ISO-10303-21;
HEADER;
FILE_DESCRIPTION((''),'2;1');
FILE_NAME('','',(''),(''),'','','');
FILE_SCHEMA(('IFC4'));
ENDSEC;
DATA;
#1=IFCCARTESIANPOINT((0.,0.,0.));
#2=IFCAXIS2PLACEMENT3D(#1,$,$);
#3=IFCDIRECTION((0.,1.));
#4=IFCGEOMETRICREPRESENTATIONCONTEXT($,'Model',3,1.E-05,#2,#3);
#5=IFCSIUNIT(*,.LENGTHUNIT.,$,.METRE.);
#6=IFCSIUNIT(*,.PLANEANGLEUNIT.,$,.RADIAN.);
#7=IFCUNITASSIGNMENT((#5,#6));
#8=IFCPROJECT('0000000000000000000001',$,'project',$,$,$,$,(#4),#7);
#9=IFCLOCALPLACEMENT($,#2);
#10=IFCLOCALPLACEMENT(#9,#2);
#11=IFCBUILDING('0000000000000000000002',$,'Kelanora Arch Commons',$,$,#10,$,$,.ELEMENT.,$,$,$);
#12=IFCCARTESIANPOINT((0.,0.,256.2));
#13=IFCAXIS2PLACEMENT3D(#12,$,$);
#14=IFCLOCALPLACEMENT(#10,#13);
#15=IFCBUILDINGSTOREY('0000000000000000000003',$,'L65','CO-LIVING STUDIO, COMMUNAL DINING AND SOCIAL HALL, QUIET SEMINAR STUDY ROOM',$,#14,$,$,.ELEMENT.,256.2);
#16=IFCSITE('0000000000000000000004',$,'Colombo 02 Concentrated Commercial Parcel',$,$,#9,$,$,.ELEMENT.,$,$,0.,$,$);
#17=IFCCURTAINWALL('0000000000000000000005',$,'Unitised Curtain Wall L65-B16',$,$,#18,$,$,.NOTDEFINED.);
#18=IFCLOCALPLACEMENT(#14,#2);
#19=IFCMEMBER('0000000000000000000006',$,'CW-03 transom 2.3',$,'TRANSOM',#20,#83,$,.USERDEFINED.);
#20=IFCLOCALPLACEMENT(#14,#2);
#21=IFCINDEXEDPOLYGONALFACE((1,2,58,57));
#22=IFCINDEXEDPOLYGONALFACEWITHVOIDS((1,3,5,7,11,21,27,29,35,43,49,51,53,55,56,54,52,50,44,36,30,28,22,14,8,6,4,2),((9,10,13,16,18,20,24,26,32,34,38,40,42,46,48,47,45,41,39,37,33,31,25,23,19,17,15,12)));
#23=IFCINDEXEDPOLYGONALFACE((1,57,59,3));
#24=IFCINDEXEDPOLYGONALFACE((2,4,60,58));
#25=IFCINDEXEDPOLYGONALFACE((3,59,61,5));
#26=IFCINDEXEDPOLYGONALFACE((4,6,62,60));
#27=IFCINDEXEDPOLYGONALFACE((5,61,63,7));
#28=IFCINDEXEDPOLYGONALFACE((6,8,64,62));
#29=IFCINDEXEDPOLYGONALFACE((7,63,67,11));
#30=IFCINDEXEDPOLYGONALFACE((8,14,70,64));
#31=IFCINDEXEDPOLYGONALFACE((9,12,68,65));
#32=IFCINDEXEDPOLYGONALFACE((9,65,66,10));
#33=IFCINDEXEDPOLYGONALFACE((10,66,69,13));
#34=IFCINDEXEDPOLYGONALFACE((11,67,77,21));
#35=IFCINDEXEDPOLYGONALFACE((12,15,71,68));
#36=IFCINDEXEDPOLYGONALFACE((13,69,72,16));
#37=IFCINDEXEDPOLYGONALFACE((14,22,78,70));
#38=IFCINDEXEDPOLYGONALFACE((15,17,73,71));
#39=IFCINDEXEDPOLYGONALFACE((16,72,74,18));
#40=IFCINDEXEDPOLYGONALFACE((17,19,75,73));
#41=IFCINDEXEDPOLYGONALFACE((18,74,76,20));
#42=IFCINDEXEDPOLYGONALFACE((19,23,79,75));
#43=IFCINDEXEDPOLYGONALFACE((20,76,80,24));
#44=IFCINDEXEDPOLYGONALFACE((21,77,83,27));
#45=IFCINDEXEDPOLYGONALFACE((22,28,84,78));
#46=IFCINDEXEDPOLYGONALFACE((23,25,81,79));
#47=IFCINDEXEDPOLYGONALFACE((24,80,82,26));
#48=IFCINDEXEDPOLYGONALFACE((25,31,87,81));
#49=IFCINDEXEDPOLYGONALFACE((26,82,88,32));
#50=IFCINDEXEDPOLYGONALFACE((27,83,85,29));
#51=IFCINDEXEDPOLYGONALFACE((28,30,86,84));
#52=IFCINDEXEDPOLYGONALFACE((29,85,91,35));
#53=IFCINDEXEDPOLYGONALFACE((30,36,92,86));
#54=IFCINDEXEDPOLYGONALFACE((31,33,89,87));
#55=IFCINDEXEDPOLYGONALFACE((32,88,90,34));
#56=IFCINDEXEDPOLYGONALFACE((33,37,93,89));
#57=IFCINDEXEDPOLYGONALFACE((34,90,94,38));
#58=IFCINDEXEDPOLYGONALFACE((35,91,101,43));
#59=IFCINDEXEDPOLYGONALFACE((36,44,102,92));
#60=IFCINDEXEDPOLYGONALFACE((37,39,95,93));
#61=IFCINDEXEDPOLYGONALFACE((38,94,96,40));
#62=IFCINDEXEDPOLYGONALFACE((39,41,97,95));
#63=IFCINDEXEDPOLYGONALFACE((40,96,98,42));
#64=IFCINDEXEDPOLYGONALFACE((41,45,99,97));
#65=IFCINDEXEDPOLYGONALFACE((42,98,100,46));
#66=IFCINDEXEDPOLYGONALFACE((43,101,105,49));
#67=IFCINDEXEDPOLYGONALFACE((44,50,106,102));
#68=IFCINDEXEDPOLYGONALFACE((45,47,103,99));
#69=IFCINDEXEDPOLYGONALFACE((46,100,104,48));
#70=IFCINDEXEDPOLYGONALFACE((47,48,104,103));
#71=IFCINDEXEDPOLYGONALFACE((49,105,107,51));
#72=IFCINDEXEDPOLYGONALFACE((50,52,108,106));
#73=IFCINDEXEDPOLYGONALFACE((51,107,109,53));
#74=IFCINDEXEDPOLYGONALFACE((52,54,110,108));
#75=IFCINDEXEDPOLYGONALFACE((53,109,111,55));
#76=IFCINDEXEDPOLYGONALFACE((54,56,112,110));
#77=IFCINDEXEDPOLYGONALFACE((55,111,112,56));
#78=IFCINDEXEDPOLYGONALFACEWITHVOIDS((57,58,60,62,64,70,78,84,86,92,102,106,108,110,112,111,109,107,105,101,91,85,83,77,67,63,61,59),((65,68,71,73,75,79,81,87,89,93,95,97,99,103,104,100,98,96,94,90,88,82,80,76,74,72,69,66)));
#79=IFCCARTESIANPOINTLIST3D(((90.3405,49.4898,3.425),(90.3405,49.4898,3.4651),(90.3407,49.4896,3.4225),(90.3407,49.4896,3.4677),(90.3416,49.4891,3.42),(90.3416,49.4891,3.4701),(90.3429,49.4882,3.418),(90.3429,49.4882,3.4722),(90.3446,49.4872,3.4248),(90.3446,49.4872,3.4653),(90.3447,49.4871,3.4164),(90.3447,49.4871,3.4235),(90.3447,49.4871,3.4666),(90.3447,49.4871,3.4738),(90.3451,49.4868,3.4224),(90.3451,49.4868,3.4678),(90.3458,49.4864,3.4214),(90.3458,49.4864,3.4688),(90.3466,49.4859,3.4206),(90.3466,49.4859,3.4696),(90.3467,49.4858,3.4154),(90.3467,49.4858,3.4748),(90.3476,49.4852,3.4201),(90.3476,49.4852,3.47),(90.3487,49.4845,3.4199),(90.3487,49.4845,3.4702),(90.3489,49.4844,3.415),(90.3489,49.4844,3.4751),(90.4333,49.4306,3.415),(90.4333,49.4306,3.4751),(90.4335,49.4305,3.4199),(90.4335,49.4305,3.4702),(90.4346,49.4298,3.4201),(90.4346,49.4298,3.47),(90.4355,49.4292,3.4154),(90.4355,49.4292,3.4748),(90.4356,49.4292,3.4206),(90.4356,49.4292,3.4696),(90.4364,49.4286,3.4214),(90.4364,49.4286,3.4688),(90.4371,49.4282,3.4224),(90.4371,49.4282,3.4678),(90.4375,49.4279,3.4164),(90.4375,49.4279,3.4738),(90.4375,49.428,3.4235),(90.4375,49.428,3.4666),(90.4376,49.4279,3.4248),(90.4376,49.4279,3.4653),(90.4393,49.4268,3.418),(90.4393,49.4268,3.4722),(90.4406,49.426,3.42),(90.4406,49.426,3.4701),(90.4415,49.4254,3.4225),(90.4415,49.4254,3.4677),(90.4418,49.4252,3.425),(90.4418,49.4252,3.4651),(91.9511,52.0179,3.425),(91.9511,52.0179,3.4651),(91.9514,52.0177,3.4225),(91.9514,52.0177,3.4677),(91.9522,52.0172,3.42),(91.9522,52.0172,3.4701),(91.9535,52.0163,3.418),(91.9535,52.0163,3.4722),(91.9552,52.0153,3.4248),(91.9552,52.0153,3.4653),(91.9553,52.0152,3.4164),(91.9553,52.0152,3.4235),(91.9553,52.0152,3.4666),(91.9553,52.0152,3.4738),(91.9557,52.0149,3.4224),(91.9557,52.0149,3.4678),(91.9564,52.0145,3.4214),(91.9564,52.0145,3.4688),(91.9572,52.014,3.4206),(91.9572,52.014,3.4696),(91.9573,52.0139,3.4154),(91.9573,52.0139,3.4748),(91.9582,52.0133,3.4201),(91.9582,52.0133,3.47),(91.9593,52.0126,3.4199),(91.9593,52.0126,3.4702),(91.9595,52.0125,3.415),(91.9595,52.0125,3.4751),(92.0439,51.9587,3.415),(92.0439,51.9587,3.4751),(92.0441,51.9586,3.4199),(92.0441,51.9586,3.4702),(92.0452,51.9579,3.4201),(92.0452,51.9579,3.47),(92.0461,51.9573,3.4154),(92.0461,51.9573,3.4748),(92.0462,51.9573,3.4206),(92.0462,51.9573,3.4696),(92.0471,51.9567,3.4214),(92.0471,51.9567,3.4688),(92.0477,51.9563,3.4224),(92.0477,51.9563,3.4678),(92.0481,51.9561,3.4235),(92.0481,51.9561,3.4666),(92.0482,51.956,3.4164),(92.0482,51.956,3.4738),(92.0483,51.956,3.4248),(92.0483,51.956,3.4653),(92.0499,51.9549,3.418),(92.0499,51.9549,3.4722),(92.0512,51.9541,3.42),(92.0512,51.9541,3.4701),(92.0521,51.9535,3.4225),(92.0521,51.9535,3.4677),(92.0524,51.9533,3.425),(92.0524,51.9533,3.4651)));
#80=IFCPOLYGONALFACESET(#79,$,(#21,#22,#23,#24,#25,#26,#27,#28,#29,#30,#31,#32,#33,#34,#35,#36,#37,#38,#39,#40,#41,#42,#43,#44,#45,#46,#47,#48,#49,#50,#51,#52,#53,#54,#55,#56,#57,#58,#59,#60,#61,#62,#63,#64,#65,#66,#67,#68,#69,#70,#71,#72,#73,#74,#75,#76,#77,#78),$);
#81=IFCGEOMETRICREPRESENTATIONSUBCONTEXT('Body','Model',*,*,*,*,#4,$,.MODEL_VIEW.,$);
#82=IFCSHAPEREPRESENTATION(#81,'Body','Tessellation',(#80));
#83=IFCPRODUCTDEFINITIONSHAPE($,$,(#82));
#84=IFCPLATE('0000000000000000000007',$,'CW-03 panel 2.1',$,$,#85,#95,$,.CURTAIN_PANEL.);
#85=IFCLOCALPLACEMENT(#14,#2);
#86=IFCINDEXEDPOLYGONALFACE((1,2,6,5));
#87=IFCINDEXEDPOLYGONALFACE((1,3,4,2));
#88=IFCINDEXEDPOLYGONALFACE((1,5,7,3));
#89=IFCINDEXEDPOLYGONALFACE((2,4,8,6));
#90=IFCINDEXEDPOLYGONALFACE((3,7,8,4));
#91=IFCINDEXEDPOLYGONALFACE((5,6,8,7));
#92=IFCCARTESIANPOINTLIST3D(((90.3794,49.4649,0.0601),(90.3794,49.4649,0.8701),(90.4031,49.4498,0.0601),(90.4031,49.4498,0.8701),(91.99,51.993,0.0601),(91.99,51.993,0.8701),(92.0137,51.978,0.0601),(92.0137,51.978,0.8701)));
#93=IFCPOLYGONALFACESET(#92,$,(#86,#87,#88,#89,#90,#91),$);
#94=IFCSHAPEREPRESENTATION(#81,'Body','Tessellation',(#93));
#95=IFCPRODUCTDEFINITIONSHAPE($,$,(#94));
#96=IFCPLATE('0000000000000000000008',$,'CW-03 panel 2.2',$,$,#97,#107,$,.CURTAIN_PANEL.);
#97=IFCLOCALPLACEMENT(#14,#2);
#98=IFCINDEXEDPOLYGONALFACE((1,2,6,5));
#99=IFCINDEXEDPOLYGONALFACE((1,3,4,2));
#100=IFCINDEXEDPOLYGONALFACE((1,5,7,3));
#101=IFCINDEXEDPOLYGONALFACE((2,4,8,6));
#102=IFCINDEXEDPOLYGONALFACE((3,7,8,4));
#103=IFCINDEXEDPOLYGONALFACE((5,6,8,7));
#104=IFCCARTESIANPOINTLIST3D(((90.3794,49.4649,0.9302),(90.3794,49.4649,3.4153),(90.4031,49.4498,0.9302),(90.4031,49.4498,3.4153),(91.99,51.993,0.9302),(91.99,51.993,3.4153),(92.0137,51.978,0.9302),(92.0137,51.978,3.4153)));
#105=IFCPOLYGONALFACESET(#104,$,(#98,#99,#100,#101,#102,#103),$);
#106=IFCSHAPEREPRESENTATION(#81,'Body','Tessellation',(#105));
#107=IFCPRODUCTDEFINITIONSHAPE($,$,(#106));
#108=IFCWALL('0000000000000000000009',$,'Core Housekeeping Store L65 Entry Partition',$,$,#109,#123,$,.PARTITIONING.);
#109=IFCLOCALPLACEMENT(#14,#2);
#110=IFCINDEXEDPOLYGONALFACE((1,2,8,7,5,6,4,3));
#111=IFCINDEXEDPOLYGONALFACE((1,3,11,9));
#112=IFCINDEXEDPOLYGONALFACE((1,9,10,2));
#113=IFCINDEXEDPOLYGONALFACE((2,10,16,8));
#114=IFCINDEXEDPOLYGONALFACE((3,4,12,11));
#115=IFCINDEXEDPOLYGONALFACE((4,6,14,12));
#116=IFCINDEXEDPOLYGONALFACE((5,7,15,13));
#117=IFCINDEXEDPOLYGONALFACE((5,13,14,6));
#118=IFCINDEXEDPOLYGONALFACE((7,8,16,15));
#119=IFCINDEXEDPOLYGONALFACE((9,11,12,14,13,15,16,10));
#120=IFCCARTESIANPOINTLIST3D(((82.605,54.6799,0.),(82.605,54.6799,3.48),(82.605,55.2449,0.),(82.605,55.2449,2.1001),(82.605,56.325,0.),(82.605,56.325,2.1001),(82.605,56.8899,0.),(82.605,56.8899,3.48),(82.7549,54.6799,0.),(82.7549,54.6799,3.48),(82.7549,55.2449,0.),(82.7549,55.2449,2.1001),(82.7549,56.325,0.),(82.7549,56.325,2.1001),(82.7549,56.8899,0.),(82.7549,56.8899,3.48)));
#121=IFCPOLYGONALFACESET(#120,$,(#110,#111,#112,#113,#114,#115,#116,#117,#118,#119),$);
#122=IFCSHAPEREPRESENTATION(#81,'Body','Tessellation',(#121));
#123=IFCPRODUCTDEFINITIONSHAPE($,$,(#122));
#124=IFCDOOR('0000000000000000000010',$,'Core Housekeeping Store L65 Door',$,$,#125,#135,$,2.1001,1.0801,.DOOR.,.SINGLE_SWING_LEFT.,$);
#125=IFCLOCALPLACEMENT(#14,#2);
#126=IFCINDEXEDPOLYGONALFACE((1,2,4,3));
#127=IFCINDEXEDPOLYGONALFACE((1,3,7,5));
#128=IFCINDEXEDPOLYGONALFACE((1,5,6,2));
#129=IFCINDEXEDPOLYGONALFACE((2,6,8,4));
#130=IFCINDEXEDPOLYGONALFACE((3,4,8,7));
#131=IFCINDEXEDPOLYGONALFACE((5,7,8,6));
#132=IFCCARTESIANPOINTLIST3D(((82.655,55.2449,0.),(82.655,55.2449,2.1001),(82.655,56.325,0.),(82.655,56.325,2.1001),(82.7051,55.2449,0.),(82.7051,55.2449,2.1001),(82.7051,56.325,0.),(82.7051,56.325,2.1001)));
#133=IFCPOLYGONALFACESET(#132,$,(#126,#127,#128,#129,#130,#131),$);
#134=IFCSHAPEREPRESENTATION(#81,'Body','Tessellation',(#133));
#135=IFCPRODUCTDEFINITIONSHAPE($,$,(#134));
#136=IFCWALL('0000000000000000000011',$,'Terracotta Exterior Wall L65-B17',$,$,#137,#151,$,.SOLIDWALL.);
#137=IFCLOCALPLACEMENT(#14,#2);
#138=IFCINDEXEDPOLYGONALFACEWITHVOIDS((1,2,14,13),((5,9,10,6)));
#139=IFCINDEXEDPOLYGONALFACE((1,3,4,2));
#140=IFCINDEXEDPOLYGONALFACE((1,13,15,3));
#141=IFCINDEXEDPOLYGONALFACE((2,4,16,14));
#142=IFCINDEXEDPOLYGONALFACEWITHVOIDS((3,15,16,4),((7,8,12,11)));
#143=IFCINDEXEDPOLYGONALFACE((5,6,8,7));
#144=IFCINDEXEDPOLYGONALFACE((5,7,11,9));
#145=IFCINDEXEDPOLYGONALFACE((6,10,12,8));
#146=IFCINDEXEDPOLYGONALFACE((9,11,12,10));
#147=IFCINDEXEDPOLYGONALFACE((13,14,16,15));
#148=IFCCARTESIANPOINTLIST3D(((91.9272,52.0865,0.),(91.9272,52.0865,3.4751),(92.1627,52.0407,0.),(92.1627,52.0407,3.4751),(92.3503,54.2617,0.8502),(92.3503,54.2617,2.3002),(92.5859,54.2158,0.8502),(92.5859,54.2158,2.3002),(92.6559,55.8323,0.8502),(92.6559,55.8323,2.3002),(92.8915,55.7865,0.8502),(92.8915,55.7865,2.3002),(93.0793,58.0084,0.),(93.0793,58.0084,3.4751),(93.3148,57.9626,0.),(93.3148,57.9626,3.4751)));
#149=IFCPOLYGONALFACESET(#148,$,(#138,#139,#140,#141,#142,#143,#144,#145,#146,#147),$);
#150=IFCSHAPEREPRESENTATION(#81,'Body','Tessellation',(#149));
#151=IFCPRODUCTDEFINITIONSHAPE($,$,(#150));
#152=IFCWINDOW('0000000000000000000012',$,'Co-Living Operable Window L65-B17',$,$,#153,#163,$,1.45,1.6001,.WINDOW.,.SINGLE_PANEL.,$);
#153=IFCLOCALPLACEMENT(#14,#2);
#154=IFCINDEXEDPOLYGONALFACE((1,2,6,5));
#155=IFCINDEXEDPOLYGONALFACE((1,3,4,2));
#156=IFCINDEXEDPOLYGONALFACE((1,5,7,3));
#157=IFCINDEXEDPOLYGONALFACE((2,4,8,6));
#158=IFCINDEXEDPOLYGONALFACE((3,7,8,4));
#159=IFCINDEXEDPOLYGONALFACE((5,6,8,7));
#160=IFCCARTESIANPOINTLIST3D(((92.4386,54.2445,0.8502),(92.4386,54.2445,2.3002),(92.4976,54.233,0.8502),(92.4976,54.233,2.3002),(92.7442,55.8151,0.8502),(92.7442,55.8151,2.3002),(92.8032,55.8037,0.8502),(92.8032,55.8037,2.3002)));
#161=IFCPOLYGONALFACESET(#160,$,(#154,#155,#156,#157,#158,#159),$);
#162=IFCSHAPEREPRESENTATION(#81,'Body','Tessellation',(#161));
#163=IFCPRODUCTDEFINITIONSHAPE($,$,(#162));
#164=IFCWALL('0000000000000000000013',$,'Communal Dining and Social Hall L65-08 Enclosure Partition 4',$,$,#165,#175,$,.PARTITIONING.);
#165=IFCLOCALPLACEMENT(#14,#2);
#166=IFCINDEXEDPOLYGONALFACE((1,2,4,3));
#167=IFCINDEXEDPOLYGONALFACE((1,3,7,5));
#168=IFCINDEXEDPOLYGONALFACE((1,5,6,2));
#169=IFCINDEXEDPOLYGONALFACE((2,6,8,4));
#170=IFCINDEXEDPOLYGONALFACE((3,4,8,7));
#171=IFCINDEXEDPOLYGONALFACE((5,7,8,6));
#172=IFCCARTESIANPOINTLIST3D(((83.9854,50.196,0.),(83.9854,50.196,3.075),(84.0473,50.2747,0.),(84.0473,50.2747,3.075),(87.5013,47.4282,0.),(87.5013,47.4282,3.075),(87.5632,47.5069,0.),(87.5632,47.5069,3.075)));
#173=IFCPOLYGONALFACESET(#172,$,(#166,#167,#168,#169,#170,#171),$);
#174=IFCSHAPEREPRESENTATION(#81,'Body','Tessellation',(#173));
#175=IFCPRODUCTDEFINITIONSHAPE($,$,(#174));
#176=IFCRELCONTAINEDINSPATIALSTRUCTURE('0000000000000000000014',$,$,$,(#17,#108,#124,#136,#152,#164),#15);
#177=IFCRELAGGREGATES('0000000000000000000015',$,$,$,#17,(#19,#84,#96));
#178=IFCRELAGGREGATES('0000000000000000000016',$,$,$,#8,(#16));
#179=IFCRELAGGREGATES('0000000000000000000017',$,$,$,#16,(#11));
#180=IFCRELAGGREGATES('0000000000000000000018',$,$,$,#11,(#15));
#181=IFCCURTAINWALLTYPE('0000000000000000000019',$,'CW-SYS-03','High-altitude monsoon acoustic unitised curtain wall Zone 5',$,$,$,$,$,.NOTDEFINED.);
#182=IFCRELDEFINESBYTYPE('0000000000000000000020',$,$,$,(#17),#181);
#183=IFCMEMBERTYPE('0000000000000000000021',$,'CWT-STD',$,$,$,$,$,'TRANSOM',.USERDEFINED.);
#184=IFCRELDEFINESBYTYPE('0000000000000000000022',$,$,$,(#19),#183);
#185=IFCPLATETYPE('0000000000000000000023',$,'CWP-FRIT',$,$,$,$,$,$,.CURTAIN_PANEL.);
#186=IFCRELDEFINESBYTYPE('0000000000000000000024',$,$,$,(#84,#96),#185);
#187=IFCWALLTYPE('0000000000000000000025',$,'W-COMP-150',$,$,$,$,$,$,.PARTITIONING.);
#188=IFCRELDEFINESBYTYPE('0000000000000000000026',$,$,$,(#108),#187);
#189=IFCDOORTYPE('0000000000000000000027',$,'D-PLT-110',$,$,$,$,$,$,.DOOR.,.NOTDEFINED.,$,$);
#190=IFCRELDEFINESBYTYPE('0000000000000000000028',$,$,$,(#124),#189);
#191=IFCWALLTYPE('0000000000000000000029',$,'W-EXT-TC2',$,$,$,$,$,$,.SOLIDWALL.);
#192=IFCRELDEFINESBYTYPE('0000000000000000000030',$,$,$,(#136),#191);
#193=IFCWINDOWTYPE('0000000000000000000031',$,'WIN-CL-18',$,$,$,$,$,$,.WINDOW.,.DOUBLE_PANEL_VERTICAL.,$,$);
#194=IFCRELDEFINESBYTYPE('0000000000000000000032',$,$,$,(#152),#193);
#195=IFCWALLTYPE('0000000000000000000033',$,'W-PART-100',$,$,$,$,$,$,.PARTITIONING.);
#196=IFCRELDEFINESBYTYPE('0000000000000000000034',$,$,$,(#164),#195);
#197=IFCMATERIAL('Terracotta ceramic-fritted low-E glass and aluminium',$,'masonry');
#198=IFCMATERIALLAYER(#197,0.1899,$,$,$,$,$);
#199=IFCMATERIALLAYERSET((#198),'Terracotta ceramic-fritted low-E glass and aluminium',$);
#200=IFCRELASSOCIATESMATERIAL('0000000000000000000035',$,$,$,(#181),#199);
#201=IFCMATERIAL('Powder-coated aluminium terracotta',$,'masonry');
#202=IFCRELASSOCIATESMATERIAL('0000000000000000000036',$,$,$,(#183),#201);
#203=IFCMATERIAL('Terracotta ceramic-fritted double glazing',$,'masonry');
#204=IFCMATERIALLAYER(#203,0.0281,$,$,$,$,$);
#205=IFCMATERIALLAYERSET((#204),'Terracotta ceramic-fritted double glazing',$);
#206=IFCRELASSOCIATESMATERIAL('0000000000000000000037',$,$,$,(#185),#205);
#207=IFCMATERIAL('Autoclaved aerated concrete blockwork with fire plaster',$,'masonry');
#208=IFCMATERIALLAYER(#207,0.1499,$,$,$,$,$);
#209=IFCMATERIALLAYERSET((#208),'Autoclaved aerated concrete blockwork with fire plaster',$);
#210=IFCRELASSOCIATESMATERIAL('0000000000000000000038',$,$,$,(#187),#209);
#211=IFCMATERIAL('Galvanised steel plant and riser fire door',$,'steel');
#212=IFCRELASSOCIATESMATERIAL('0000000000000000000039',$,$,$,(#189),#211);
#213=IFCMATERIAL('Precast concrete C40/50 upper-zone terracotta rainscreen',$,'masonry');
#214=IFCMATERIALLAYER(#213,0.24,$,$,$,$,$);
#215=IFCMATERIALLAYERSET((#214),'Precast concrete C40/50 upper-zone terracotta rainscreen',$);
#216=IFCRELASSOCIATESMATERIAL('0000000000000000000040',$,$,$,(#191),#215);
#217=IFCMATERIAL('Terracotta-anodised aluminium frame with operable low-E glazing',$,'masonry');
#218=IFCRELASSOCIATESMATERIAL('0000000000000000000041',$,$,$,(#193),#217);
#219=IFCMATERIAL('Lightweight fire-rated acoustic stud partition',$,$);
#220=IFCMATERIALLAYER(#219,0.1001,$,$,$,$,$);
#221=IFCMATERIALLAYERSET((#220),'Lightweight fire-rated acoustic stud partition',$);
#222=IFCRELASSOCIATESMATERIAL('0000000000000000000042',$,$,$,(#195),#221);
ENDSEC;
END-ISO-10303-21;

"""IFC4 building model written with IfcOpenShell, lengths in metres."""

from ifc_helpers import new_model, si_unit, direction, frame, frame_2d, origin, origin_2d, place, context, subcontext, project, spatial, rectangle, hollow_rectangle, extrude, source, transform, mapped, material, layer, layer_set, material_profile, profile_set, type_object, element, fill, aggregate, save


model = new_model("IFC4")

# Units and contexts
model_context = context("Model", 3, precision=1e-05, world=origin(), true_north=direction((0.0, 1.0)))
body_context = subcontext(model_context, "Body", "Model", "MODEL_VIEW")
ifc_project = project(units=[si_unit("LENGTHUNIT", "METRE"), si_unit("PLANEANGLEUNIT", "RADIAN")], contexts=[model_context])

# Site, building, storey
site_placement = place(None, origin())
site = spatial("IfcSite", under=ifc_project, at=site_placement, Name="Colombo 02 Concentrated Commercial Parcel", CompositionType="ELEMENT", RefElevation=0.0)
building_placement = place(site_placement, origin())
building = spatial("IfcBuilding", under=site, at=building_placement, Name="Kelanora Arch Commons", CompositionType="ELEMENT")
storey_placement = place(building_placement, frame((0.0, 0.0, 256.2)))
storey = spatial("IfcBuildingStorey", under=building, at=storey_placement, Name="L65", Description="CO-LIVING STUDIO, COMMUNAL DINING AND SOCIAL HALL, QUIET SEMINAR STUDY ROOM", CompositionType="ELEMENT", Elevation=256.2)

# Curtain wall, member, plates
ifc_material_1 = material(Name="Terracotta ceramic-fritted low-E glass and aluminium", Category="masonry")
ifc_layer_1 = layer(ifc_material_1, 0.1899)
ifc_layer_set_1 = layer_set([ifc_layer_1], Name="Terracotta ceramic-fritted low-E glass and aluminium")
curtain_wall_type = type_object("IfcCurtainWallType", Name="CW-SYS-03", Description="High-altitude monsoon acoustic unitised curtain wall Zone 5", PredefinedType="NOTDEFINED", material=ifc_layer_set_1)
curtain_wall_placement = place(storey_placement, origin())
curtain_wall = element("IfcCurtainWall", 1, at=curtain_wall_placement, inside=storey, type_object=curtain_wall_type, Name="Unitised Curtain Wall L65-B16", PredefinedType="NOTDEFINED")
ifc_material_2 = material(Name="Powder-coated aluminium terracotta", Category="masonry")
ifc_material_profile_1 = material_profile(ifc_material_2, hollow_rectangle(XDim=0.1201, YDim=0.0601, WallThickness=0.0049, InnerFilletRadius=0.0049, OuterFilletRadius=0.01, at=origin_2d()), Name="CWT120x60")
ifc_profile_set_1 = profile_set([ifc_material_profile_1], Name="Powder-coated aluminium terracotta")
member_type_1 = type_object("IfcMemberType", Name="CWT-STD", ElementType="TRANSOM", PredefinedType="USERDEFINED", material=ifc_profile_set_1)
member_1_placement = place(storey_placement, frame((90.3911, 49.4575, 3.4451), z_axis=(0.537308, 0.843386, 0.0), x_axis=(-0.843386, 0.537308, 0.0)))
member_1 = element("IfcMember", 2, at=member_1_placement, type_object=member_type_1, Name="CW-03 transom 2.3", ObjectType="TRANSOM", PredefinedType="USERDEFINED", context=body_context, shape_type="SweptSolid", body=[
    extrude(hollow_rectangle(XDim=0.1201, YDim=0.0601, WallThickness=0.0049, InnerFilletRadius=0.0049, OuterFilletRadius=0.01, at=origin_2d()), origin(), (0.0, 0.0, 1.0), 2.9976),
])
ifc_material_3 = material(Name="Terracotta ceramic-fritted double glazing", Category="masonry")
ifc_layer_2 = layer(ifc_material_3, 0.0281)
ifc_layer_set_2 = layer_set([ifc_layer_2], Name="Terracotta ceramic-fritted double glazing")
plate_type = type_object("IfcPlateType", Name="CWP-FRIT", PredefinedType="CURTAIN_PANEL", material=ifc_layer_set_2)
shared_shape_1 = source(origin(), body_context, "Body", "SweptSolid", [
    extrude(rectangle(XDim=2.9976, YDim=0.0281, at=origin_2d()), origin(), (0.0, 0.0, 1.0), 0.8101),
])
plate_1_placement = place(storey_placement, frame((91.1965, 50.7214, 0.0601), z_axis=(0.0, 0.0, 1.0), x_axis=(0.5373, 0.843391, 0.0)))
plate_1 = element("IfcPlate", 3, at=plate_1_placement, type_object=plate_type, Name="CW-03 panel 2.1", PredefinedType="CURTAIN_PANEL", context=body_context, shape_type="MappedRepresentation", body=[
    mapped(shared_shape_1, transform((0.0, 0.0, 0.0), scale=1.0)),
])
shared_shape_2 = source(origin(), body_context, "Body", "SweptSolid", [
    extrude(rectangle(XDim=2.9976, YDim=0.0281, at=origin_2d()), origin(), (0.0, 0.0, 1.0), 2.4851),
])
plate_2_placement = place(storey_placement, frame((91.1965, 50.7214, 0.9302), z_axis=(0.0, 0.0, 1.0), x_axis=(0.5373, 0.843391, 0.0)))
plate_2 = element("IfcPlate", 4, at=plate_2_placement, type_object=plate_type, Name="CW-03 panel 2.2", PredefinedType="CURTAIN_PANEL", context=body_context, shape_type="MappedRepresentation", body=[
    mapped(shared_shape_2, transform((0.0, 0.0, 0.0), scale=1.0)),
])
aggregate(curtain_wall, [member_1, plate_1, plate_2])

# Wall, opening, door
ifc_material_4 = material(Name="Autoclaved aerated concrete blockwork with fire plaster", Category="masonry")
ifc_layer_3 = layer(ifc_material_4, 0.1499)
ifc_layer_set_3 = layer_set([ifc_layer_3], Name="Autoclaved aerated concrete blockwork with fire plaster")
wall_type_1 = type_object("IfcWallType", Name="W-COMP-150", PredefinedType="PARTITIONING", material=ifc_layer_set_3)
wall_1_placement = place(storey_placement, frame((82.6799, 54.6799, 0.0), z_axis=(0.0, 0.0, 1.0), x_axis=(0.0, 1.0, 0.0)))
wall_1 = element("IfcWall", 5, at=wall_1_placement, inside=storey, type_object=wall_type_1, Name="Core Housekeeping Store L65 Entry Partition", PredefinedType="PARTITIONING", context=body_context, shape_type="SweptSolid", body=[
    extrude(rectangle(XDim=2.21, YDim=0.1499, at=frame_2d((1.105, 0.0))), origin(), (0.0, 0.0, 1.0), 3.48),
])
opening_1_placement = place(wall_1_placement, frame((0.5649, 0.0, 0.0)))
opening_1 = element("IfcOpeningElement", 6, at=opening_1_placement, cuts=wall_1, PredefinedType="OPENING", context=body_context, shape_type="SweptSolid", body=[
    extrude(rectangle(XDim=1.0801, YDim=2.1001, at=frame_2d((0.54, 1.05))), frame((0.0, 0.085, 0.0), z_axis=(0.0, -1.0, 0.0), x_axis=(1.0, 0.0, 0.0)), (0.0, 0.0, 1.0), 0.1699),
])
ifc_material_5 = material(Name="Galvanised steel plant and riser fire door", Category="steel")
door_type_1 = type_object("IfcDoorType", Name="D-PLT-110", OperationType="NOTDEFINED", PredefinedType="DOOR", material=ifc_material_5)
door_1_placement = place(opening_1_placement, origin())
door_1 = element("IfcDoor", 7, at=door_1_placement, inside=storey, type_object=door_type_1, Name="Core Housekeeping Store L65 Door", OperationType="SINGLE_SWING_LEFT", OverallHeight=2.1001, OverallWidth=1.0801, PredefinedType="DOOR", context=body_context, shape_type="SweptSolid", body=[
    extrude(rectangle(XDim=1.0801, YDim=2.1001, at=frame_2d((0.54, 1.05))), frame((0.0, 0.0249, 0.0), z_axis=(0.0, -1.0, 0.0), x_axis=(1.0, 0.0, 0.0)), (0.0, 0.0, 1.0), 0.05),
])
fill(opening_1, door_1)

# Wall, opening, window
ifc_material_6 = material(Name="Precast concrete C40/50 upper-zone terracotta rainscreen", Category="masonry")
ifc_layer_4 = layer(ifc_material_6, 0.24)
ifc_layer_set_4 = layer_set([ifc_layer_4], Name="Precast concrete C40/50 upper-zone terracotta rainscreen")
wall_type_2 = type_object("IfcWallType", Name="W-EXT-TC2", PredefinedType="SOLIDWALL", material=ifc_layer_set_4)
wall_2_placement = place(storey_placement, frame((92.0449, 52.0635, 0.0), z_axis=(0.0, 0.0, 1.0), x_axis=(0.190969, 0.981596, 0.0)))
wall_2 = element("IfcWall", 8, at=wall_2_placement, inside=storey, type_object=wall_type_2, Name="Terracotta Exterior Wall L65-B17", PredefinedType="SOLIDWALL", context=body_context, shape_type="SweptSolid", body=[
    extrude(rectangle(XDim=6.033, YDim=0.24, at=frame_2d((3.0166, 0.0))), origin(), (0.0, 0.0, 1.0), 3.4751),
])
opening_2_placement = place(wall_2_placement, frame((2.2161, 0.0, 0.8501)))
opening_2 = element("IfcOpeningElement", 9, at=opening_2_placement, cuts=wall_2, PredefinedType="OPENING", context=body_context, shape_type="SweptSolid", body=[
    extrude(rectangle(XDim=1.6001, YDim=1.45, at=frame_2d((0.8, 0.7251))), frame((0.0, 0.1299, 0.0), z_axis=(0.0, -1.0, 0.0), x_axis=(1.0, 0.0, 0.0)), (0.0, 0.0, 1.0), 0.26),
])
ifc_material_7 = material(Name="Terracotta-anodised aluminium frame with operable low-E glazing", Category="masonry")
window_type = type_object("IfcWindowType", Name="WIN-CL-18", PartitioningType="DOUBLE_PANEL_VERTICAL", PredefinedType="WINDOW", material=ifc_material_7)
window_placement = place(opening_2_placement, origin())
window = element("IfcWindow", 10, at=window_placement, inside=storey, type_object=window_type, Name="Co-Living Operable Window L65-B17", OverallHeight=1.45, OverallWidth=1.6001, PartitioningType="SINGLE_PANEL", PredefinedType="WINDOW", context=body_context, shape_type="SweptSolid", body=[
    extrude(rectangle(XDim=1.6001, YDim=1.45, at=frame_2d((0.8, 0.7251))), frame((0.0, 0.03, 0.0), z_axis=(0.0, -1.0, 0.0), x_axis=(1.0, 0.0, 0.0)), (0.0, 0.0, 1.0), 0.0601),
])
fill(opening_2, window)

# Wall
ifc_material_8 = material(Name="Lightweight fire-rated acoustic stud partition")
ifc_layer_5 = layer(ifc_material_8, 0.1001)
ifc_layer_set_5 = layer_set([ifc_layer_5], Name="Lightweight fire-rated acoustic stud partition")
wall_type_3 = type_object("IfcWallType", Name="W-PART-100", PredefinedType="PARTITIONING", material=ifc_layer_set_5)
wall_3_placement = place(storey_placement, frame((84.0164, 50.2354, 0.0), z_axis=(0.0, 0.0, 1.0), x_axis=(0.785737, -0.618561, 0.0)))
element("IfcWall", 11, at=wall_3_placement, inside=storey, type_object=wall_type_3, Name="Communal Dining and Social Hall L65-08 Enclosure Partition 4", PredefinedType="PARTITIONING", context=body_context, shape_type="SweptSolid", body=[
    extrude(rectangle(XDim=4.4746, YDim=0.1001, at=frame_2d((2.2373, 0.0))), origin(), (0.0, 0.0, 1.0), 3.075),
])

save(model, "model.ifc")
